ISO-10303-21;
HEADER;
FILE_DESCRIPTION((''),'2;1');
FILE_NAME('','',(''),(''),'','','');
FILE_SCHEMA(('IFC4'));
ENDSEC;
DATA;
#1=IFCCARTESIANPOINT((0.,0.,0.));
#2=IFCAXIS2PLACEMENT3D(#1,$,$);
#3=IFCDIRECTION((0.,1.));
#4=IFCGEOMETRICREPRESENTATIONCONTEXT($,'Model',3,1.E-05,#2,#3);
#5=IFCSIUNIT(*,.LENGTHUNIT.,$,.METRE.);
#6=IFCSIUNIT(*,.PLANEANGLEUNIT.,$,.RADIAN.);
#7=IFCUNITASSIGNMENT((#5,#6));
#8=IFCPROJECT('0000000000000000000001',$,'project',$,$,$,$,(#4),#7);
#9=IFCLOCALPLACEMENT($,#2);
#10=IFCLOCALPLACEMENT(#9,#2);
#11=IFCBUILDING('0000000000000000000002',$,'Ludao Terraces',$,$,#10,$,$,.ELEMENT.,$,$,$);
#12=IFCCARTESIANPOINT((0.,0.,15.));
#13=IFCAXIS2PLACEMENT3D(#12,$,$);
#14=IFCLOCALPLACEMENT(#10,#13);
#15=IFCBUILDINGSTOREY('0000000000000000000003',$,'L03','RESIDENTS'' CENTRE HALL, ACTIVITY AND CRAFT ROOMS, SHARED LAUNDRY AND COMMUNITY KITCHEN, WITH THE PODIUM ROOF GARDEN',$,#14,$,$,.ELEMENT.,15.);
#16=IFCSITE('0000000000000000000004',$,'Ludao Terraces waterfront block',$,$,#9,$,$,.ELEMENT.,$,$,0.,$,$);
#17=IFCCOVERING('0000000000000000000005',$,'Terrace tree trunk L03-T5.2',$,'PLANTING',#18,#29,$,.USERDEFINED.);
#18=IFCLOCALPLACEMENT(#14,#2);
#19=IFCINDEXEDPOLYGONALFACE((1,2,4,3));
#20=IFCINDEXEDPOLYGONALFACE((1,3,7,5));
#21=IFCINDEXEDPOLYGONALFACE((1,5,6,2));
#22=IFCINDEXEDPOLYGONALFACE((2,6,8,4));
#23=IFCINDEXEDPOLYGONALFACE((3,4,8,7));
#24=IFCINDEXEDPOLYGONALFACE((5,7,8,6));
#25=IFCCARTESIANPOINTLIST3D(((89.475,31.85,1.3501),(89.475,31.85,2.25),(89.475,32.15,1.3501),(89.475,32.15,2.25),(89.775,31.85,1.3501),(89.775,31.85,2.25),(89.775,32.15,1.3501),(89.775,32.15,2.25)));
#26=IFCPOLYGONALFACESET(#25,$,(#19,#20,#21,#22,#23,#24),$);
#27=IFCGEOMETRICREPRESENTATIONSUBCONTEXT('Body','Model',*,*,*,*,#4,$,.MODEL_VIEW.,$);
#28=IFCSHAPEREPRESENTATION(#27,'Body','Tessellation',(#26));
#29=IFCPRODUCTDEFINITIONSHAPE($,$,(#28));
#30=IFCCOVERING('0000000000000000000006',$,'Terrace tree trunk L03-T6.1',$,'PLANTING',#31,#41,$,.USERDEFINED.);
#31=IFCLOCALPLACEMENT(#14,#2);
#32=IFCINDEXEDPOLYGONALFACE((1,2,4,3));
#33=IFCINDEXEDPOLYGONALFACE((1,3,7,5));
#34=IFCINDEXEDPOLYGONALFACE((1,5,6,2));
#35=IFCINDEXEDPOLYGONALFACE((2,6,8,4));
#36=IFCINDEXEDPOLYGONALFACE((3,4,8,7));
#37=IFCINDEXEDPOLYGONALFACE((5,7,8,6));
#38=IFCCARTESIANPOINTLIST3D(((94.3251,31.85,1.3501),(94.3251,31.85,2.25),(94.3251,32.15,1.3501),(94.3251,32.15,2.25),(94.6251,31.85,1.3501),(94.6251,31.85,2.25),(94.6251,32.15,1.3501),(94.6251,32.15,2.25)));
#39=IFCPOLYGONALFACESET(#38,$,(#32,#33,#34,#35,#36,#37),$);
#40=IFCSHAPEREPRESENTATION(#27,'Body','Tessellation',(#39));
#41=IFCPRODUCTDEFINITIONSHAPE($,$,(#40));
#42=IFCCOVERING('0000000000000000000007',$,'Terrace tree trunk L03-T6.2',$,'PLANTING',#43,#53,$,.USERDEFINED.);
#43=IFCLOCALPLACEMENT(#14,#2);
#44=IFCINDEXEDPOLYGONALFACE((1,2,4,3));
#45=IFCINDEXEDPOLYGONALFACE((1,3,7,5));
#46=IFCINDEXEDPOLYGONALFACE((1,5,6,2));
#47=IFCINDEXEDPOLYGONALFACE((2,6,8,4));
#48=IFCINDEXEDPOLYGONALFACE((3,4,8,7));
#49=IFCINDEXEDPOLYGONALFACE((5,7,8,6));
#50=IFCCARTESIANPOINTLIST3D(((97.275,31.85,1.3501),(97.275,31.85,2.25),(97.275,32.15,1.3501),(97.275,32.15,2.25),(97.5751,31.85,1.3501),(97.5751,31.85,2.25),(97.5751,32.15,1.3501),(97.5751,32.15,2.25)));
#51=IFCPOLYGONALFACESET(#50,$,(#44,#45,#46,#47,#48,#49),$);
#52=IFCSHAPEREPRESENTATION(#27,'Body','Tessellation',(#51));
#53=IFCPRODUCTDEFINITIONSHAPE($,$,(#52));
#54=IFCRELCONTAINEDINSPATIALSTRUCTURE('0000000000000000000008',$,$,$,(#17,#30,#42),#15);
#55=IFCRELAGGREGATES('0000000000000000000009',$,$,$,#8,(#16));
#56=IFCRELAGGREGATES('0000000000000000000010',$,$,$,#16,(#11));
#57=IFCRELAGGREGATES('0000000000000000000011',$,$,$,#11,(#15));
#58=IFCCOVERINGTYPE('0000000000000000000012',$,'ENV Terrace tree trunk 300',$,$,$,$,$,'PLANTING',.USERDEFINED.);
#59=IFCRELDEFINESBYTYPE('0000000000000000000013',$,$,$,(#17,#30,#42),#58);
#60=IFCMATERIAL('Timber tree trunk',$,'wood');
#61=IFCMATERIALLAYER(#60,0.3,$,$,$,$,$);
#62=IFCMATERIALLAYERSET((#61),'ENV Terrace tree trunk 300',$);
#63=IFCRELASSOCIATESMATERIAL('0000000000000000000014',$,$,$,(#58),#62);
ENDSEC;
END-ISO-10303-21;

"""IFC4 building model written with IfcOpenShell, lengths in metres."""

from ifc_helpers import new_model, si_unit, direction, frame, origin, origin_2d, place, context, subcontext, project, spatial, rectangle, extrude, material, layer, layer_set, type_object, element, save


model = new_model("IFC4")

# Units and contexts
model_context = context("Model", 3, precision=1e-05, world=origin(), true_north=direction((0.0, 1.0)))
body_context = subcontext(model_context, "Body", "Model", "MODEL_VIEW")
ifc_project = project(units=[si_unit("LENGTHUNIT", "METRE"), si_unit("PLANEANGLEUNIT", "RADIAN")], contexts=[model_context])

# Site, building, storey
site_placement = place(None, origin())
site = spatial("IfcSite", under=ifc_project, at=site_placement, Name="Ludao Terraces waterfront block", CompositionType="ELEMENT", RefElevation=0.0)
building_placement = place(site_placement, origin())
building = spatial("IfcBuilding", under=site, at=building_placement, Name="Ludao Terraces", CompositionType="ELEMENT")
storey_placement = place(building_placement, frame((0.0, 0.0, 15.0)))
storey = spatial("IfcBuildingStorey", under=building, at=storey_placement, Name="L03", Description="RESIDENTS' CENTRE HALL, ACTIVITY AND CRAFT ROOMS, SHARED LAUNDRY AND COMMUNITY KITCHEN, WITH THE PODIUM ROOF GARDEN", CompositionType="ELEMENT", Elevation=15.0)

# Coverings
ifc_material_1 = material(Name="Timber tree trunk", Category="wood")
ifc_layer_1 = layer(ifc_material_1, 0.3)
ifc_layer_set_1 = layer_set([ifc_layer_1], Name="ENV Terrace tree trunk 300")
covering_type_1 = type_object("IfcCoveringType", Name="ENV Terrace tree trunk 300", ElementType="PLANTING", PredefinedType="USERDEFINED", material=ifc_layer_set_1)
for number, where, z_axis, x_axis, name in (
    (1, (89.625, 32.0, 1.3501), (0.0, 0.0, 1.0), (1.0, 0.0, 0.0), "Terrace tree trunk L03-T5.2"),
    (2, (94.4751, 32.0, 1.3501), (0.0, 0.0, 1.0), (1.0, 0.0, 0.0), "Terrace tree trunk L03-T6.1"),
    (3, (97.425, 32.0, 1.3501), (0.0, 0.0, 1.0), (1.0, 0.0, 0.0), "Terrace tree trunk L03-T6.2"),
):
    element("IfcCovering", number, at=place(storey_placement, frame(where, z_axis=z_axis, x_axis=x_axis)), inside=storey, type_object=covering_type_1, Name=name, ObjectType="PLANTING", PredefinedType="USERDEFINED", context=body_context, shape_type="SweptSolid", body=[
        extrude(rectangle(XDim=0.3, YDim=0.3, at=origin_2d()), origin(), (0.0, 0.0, 1.0), 0.8999),
    ])

save(model, "model.ifc")
